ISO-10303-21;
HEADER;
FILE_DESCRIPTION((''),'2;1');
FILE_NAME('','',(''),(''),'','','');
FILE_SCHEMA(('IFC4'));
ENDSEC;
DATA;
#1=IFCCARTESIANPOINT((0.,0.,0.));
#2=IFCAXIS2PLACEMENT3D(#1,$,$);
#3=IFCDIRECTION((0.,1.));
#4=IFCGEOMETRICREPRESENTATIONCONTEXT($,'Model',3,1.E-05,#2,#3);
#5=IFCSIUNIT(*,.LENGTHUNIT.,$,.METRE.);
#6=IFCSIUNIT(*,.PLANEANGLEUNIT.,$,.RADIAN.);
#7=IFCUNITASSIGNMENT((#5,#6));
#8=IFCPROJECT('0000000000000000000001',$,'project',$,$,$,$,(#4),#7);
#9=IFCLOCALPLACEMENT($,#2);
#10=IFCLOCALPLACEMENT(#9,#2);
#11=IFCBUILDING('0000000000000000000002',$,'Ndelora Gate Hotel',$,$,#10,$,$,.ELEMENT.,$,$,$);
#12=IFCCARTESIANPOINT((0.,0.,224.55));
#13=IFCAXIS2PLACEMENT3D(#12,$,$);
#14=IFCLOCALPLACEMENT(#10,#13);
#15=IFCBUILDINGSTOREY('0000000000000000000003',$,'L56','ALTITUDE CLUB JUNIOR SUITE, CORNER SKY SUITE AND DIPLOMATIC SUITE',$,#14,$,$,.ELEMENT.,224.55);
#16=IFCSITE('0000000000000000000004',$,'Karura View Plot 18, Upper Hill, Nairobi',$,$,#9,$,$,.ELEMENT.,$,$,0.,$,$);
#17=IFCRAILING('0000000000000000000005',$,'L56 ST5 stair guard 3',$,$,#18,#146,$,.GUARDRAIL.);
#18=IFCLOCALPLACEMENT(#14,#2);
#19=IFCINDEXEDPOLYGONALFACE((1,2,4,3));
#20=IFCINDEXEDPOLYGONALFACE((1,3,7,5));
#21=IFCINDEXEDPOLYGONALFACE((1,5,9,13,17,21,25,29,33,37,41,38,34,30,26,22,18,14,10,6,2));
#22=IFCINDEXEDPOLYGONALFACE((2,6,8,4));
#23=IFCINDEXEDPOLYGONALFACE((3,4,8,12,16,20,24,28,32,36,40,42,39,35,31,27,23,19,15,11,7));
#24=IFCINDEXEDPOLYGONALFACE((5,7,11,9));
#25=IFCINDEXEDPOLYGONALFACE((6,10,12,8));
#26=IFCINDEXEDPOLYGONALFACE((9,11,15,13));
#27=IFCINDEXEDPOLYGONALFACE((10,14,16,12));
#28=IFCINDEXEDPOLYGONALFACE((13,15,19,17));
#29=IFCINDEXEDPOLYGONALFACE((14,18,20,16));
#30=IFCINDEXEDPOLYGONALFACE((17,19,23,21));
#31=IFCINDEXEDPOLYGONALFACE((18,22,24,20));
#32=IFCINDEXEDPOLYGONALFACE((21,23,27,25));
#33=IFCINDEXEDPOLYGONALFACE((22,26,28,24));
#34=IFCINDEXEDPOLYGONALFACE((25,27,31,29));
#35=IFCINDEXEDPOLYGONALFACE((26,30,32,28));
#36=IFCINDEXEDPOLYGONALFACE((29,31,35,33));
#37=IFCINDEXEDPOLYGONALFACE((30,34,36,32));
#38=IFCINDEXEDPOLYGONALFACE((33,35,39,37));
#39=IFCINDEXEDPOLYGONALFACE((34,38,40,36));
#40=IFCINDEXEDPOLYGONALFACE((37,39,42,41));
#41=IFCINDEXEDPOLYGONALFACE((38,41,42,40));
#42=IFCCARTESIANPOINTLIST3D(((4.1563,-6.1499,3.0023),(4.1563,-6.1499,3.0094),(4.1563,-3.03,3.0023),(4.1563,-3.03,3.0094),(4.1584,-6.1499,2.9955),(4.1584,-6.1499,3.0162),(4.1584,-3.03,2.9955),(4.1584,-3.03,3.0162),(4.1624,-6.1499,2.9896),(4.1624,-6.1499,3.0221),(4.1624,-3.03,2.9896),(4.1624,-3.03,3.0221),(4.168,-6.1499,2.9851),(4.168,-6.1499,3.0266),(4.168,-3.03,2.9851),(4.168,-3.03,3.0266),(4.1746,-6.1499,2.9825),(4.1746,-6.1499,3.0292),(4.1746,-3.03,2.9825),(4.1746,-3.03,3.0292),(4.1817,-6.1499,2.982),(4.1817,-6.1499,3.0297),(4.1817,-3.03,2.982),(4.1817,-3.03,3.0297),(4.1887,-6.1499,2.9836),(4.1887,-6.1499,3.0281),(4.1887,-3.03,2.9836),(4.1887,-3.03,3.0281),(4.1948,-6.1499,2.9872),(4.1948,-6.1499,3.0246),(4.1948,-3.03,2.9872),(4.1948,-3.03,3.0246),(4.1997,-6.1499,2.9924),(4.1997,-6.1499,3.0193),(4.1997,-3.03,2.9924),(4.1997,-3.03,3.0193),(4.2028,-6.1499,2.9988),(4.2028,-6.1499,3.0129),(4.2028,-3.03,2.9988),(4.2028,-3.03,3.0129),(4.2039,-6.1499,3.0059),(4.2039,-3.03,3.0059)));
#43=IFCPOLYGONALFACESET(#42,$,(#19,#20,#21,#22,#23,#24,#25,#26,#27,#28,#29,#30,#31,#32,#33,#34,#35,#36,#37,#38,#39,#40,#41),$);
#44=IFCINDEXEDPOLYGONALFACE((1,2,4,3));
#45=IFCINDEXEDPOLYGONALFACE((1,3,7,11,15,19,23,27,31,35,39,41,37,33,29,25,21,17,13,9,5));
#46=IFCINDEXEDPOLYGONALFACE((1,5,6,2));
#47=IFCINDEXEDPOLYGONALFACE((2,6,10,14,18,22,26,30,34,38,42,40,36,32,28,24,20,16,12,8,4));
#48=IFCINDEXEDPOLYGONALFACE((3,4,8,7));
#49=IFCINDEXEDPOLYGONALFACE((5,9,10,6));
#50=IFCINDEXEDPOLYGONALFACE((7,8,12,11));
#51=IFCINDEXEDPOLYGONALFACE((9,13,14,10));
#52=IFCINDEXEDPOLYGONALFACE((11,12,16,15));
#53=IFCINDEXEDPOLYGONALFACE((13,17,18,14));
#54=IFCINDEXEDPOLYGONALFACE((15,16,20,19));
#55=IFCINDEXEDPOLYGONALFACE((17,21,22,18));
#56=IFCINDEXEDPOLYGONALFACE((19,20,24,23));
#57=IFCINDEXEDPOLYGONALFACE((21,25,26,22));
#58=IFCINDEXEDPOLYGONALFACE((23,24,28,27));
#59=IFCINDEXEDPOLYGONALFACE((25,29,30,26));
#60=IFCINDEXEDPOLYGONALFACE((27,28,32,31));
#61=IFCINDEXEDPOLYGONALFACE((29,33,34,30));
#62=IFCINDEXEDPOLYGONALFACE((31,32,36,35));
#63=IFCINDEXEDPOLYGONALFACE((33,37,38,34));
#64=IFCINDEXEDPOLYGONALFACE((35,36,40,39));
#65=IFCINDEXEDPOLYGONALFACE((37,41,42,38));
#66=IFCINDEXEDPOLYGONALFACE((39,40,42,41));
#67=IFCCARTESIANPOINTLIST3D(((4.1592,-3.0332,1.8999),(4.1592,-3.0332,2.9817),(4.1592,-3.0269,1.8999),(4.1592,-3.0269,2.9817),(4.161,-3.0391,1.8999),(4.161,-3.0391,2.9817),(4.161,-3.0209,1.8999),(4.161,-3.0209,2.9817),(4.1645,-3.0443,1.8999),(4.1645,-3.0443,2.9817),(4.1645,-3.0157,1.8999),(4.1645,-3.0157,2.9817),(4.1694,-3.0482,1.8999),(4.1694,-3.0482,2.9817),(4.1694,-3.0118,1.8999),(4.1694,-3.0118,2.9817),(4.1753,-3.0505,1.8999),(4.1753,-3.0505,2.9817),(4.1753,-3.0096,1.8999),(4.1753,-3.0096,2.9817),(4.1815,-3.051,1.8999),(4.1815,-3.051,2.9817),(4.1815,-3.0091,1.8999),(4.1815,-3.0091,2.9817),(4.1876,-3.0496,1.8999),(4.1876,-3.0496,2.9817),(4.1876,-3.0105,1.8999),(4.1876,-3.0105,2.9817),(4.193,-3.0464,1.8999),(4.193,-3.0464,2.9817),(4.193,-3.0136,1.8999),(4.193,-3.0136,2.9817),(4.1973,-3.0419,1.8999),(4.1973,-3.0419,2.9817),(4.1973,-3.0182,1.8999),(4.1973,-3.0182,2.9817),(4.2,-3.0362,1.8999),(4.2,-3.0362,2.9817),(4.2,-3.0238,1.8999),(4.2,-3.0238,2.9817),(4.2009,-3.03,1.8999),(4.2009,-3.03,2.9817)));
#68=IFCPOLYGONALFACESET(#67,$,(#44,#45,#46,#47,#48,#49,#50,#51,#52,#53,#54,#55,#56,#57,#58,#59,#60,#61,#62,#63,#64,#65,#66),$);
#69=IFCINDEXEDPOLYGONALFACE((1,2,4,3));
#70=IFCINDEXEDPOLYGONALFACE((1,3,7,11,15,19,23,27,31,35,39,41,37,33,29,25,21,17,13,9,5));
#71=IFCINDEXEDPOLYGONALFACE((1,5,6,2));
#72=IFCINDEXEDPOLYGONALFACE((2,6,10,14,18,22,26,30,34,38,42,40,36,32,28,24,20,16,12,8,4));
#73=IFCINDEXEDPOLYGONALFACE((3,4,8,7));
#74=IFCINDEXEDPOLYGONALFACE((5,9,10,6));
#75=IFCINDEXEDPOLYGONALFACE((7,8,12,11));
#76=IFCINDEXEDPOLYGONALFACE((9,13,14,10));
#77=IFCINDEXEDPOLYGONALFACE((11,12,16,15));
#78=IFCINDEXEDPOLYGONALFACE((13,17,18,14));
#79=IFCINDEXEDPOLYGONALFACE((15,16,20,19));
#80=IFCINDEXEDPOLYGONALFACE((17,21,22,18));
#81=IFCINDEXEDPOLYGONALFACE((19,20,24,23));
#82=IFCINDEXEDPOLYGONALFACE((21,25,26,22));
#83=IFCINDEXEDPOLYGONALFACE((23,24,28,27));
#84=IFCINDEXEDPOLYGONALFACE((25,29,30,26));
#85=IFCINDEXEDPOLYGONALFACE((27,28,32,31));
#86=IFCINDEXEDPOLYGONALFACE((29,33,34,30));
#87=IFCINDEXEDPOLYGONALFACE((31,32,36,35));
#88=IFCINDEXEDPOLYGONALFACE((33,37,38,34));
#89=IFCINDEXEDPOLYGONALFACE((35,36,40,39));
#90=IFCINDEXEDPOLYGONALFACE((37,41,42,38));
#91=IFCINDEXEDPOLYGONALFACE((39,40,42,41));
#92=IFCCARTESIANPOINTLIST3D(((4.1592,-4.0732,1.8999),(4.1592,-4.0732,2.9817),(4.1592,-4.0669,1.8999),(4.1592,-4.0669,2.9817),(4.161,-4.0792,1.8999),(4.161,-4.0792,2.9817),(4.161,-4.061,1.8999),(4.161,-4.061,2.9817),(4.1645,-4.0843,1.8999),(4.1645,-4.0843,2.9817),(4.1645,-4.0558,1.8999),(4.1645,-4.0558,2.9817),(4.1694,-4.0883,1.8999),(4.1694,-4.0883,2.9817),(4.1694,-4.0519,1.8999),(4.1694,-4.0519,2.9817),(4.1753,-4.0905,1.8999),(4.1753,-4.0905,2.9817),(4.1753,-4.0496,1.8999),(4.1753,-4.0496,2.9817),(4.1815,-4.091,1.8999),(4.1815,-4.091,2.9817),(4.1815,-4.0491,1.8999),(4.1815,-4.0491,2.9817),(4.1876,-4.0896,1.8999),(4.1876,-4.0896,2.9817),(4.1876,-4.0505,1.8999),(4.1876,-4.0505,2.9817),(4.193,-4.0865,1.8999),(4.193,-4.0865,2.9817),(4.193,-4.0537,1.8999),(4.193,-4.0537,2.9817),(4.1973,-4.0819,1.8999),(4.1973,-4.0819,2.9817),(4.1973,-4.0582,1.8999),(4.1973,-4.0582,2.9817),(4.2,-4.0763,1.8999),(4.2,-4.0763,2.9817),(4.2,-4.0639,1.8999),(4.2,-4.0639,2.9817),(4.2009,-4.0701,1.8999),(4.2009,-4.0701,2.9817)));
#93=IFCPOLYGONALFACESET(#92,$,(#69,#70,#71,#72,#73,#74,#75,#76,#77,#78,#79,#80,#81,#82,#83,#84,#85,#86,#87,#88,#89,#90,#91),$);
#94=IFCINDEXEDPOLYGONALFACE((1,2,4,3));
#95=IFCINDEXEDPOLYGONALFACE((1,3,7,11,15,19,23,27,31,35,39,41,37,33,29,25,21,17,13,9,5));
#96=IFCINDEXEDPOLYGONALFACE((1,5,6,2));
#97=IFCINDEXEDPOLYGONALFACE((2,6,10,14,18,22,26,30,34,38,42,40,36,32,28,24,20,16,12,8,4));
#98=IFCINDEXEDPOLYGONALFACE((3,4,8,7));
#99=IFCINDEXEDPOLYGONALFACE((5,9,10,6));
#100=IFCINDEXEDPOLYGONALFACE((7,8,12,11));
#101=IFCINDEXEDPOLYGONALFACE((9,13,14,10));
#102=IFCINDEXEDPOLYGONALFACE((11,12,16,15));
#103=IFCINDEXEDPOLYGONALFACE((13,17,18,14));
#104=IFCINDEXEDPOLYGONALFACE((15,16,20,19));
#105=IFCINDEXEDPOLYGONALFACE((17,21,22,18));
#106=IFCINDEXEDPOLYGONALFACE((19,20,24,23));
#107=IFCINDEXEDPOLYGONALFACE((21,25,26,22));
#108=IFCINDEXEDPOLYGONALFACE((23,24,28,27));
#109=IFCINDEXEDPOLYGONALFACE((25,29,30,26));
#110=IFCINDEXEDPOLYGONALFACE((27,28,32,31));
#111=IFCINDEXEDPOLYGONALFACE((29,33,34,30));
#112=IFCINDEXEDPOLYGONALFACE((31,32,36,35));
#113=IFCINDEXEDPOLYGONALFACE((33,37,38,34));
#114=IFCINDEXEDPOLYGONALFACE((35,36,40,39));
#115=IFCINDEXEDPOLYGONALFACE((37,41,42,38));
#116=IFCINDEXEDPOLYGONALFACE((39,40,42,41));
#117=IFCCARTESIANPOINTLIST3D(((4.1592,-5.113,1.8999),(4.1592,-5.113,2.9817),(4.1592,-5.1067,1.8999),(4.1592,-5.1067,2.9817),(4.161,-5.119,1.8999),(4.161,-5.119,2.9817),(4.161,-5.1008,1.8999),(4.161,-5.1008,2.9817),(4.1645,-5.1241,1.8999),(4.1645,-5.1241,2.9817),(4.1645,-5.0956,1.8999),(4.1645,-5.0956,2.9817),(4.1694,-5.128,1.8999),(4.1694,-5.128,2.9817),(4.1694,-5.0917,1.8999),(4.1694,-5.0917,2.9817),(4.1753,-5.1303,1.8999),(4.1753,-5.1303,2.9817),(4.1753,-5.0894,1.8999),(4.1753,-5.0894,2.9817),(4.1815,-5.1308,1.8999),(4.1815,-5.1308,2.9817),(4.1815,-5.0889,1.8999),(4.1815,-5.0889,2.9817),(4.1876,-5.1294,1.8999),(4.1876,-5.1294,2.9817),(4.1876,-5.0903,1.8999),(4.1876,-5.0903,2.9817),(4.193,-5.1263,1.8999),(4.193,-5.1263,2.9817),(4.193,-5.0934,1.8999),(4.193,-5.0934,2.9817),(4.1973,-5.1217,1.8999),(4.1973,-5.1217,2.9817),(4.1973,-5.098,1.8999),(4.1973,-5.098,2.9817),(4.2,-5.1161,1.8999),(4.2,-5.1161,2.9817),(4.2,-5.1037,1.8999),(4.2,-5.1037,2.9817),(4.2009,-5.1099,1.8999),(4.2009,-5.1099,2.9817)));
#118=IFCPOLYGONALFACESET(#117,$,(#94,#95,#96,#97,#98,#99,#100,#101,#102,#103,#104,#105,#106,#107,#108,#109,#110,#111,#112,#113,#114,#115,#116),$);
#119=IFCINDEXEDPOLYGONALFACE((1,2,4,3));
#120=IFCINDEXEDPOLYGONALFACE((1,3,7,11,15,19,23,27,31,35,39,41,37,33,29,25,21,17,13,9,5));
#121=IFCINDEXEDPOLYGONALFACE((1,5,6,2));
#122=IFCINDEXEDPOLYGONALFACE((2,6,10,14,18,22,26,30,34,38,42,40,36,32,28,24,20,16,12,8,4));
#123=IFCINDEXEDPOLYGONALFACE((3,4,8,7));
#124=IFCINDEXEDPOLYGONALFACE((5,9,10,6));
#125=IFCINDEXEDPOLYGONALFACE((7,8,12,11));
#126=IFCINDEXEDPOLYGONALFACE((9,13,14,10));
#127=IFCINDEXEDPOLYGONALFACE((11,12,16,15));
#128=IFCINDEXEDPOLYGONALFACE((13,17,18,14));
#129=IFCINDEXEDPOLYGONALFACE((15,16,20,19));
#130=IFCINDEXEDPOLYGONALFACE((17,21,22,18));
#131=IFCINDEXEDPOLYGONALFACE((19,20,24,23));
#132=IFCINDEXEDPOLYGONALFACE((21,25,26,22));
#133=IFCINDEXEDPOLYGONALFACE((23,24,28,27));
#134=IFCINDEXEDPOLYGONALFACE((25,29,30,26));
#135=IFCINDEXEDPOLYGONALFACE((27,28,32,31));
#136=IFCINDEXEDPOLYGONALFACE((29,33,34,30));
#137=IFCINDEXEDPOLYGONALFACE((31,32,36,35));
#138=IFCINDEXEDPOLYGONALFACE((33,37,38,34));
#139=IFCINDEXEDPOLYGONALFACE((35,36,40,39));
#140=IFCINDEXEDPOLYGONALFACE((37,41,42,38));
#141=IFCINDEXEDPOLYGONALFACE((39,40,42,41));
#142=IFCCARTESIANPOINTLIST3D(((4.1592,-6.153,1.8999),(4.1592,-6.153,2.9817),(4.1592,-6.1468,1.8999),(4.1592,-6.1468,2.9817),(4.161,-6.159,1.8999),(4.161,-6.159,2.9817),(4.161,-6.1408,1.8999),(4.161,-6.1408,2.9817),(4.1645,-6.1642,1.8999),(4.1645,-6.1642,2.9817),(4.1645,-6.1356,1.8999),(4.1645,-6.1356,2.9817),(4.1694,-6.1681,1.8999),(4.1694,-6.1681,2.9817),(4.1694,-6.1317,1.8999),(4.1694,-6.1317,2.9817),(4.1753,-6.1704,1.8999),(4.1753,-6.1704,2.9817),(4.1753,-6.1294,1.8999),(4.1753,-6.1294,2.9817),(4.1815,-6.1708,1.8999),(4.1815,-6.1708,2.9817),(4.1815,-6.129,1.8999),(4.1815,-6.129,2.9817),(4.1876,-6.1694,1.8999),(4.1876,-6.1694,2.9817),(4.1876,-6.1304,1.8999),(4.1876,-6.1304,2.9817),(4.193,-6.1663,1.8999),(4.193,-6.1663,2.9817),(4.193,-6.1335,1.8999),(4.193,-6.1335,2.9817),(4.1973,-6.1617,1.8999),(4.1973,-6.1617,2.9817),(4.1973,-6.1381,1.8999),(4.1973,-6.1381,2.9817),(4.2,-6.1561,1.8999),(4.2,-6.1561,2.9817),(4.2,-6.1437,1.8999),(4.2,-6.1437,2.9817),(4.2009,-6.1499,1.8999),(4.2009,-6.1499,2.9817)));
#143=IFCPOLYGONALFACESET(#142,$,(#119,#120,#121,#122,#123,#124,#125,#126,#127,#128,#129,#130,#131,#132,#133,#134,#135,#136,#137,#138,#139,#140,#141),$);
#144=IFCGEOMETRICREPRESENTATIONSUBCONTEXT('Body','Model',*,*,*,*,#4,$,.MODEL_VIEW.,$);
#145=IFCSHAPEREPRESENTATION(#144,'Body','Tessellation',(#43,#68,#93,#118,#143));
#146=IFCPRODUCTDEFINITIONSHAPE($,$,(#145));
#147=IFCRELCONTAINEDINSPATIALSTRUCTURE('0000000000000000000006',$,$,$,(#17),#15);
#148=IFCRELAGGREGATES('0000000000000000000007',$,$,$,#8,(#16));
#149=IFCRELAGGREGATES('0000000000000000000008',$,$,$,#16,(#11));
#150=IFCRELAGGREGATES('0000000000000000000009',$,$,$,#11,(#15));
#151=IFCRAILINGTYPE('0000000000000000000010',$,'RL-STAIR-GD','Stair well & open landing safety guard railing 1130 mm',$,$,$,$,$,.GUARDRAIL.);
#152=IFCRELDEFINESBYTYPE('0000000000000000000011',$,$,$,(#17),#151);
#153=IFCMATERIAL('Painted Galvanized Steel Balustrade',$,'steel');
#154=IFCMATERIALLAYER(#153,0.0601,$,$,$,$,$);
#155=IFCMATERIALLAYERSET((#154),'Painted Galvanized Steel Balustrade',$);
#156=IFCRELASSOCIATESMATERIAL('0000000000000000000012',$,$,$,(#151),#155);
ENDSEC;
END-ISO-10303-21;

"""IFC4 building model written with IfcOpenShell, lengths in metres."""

from ifc_helpers import new_model, si_unit, direction, frame, origin, origin_2d, place, context, subcontext, project, spatial, circle, extrude, material, layer, layer_set, type_object, element, save


model = new_model("IFC4")

# Units and contexts
model_context = context("Model", 3, precision=1e-05, world=origin(), true_north=direction((0.0, 1.0)))
body_context = subcontext(model_context, "Body", "Model", "MODEL_VIEW")
ifc_project = project(units=[si_unit("LENGTHUNIT", "METRE"), si_unit("PLANEANGLEUNIT", "RADIAN")], contexts=[model_context])

# Site, building, storey
site_placement = place(None, origin())
site = spatial("IfcSite", under=ifc_project, at=site_placement, Name="Karura View Plot 18, Upper Hill, Nairobi", CompositionType="ELEMENT", RefElevation=0.0)
building_placement = place(site_placement, origin())
building = spatial("IfcBuilding", under=site, at=building_placement, Name="Ndelora Gate Hotel", CompositionType="ELEMENT")
storey_placement = place(building_placement, frame((0.0, 0.0, 224.55)))
storey = spatial("IfcBuildingStorey", under=building, at=storey_placement, Name="L56", Description="ALTITUDE CLUB JUNIOR SUITE, CORNER SKY SUITE AND DIPLOMATIC SUITE", CompositionType="ELEMENT", Elevation=224.55)

# Railing
ifc_material_1 = material(Name="Painted Galvanized Steel Balustrade", Category="steel")
ifc_layer_1 = layer(ifc_material_1, 0.0601)
ifc_layer_set_1 = layer_set([ifc_layer_1], Name="Painted Galvanized Steel Balustrade")
railing_type_1 = type_object("IfcRailingType", Name="RL-STAIR-GD", Description="Stair well & open landing safety guard railing 1130 mm", PredefinedType="GUARDRAIL", material=ifc_layer_set_1)
for number, where, name in (
    (1, (4.1799, -3.03, 1.8999), "L56 ST5 stair guard 3"),
):
    element("IfcRailing", number, at=place(storey_placement, frame(where)), inside=storey, type_object=railing_type_1, Name=name, PredefinedType="GUARDRAIL", context=body_context, shape_type="SweptSolid", body=[
        extrude(circle(Radius=0.0239, at=origin_2d()), frame((0.0, 0.0, 1.106), z_axis=(0.0, -1.0, 0.0), x_axis=(1.0, 0.0, 0.0)), (0.0, 0.0, 1.0), 3.1199),
        extrude(circle(Radius=0.021, at=origin_2d()), origin(), (0.0, 0.0, 1.0), 1.0818),
        extrude(circle(Radius=0.021, at=origin_2d()), frame((0.0, -1.04, 0.0)), (0.0, 0.0, 1.0), 1.0818),
        extrude(circle(Radius=0.021, at=origin_2d()), frame((0.0, -2.0798, 0.0)), (0.0, 0.0, 1.0), 1.0818),
        extrude(circle(Radius=0.021, at=origin_2d()), frame((0.0, -3.1199, 0.0)), (0.0, 0.0, 1.0), 1.0818),
    ])

save(model, "model.ifc")
